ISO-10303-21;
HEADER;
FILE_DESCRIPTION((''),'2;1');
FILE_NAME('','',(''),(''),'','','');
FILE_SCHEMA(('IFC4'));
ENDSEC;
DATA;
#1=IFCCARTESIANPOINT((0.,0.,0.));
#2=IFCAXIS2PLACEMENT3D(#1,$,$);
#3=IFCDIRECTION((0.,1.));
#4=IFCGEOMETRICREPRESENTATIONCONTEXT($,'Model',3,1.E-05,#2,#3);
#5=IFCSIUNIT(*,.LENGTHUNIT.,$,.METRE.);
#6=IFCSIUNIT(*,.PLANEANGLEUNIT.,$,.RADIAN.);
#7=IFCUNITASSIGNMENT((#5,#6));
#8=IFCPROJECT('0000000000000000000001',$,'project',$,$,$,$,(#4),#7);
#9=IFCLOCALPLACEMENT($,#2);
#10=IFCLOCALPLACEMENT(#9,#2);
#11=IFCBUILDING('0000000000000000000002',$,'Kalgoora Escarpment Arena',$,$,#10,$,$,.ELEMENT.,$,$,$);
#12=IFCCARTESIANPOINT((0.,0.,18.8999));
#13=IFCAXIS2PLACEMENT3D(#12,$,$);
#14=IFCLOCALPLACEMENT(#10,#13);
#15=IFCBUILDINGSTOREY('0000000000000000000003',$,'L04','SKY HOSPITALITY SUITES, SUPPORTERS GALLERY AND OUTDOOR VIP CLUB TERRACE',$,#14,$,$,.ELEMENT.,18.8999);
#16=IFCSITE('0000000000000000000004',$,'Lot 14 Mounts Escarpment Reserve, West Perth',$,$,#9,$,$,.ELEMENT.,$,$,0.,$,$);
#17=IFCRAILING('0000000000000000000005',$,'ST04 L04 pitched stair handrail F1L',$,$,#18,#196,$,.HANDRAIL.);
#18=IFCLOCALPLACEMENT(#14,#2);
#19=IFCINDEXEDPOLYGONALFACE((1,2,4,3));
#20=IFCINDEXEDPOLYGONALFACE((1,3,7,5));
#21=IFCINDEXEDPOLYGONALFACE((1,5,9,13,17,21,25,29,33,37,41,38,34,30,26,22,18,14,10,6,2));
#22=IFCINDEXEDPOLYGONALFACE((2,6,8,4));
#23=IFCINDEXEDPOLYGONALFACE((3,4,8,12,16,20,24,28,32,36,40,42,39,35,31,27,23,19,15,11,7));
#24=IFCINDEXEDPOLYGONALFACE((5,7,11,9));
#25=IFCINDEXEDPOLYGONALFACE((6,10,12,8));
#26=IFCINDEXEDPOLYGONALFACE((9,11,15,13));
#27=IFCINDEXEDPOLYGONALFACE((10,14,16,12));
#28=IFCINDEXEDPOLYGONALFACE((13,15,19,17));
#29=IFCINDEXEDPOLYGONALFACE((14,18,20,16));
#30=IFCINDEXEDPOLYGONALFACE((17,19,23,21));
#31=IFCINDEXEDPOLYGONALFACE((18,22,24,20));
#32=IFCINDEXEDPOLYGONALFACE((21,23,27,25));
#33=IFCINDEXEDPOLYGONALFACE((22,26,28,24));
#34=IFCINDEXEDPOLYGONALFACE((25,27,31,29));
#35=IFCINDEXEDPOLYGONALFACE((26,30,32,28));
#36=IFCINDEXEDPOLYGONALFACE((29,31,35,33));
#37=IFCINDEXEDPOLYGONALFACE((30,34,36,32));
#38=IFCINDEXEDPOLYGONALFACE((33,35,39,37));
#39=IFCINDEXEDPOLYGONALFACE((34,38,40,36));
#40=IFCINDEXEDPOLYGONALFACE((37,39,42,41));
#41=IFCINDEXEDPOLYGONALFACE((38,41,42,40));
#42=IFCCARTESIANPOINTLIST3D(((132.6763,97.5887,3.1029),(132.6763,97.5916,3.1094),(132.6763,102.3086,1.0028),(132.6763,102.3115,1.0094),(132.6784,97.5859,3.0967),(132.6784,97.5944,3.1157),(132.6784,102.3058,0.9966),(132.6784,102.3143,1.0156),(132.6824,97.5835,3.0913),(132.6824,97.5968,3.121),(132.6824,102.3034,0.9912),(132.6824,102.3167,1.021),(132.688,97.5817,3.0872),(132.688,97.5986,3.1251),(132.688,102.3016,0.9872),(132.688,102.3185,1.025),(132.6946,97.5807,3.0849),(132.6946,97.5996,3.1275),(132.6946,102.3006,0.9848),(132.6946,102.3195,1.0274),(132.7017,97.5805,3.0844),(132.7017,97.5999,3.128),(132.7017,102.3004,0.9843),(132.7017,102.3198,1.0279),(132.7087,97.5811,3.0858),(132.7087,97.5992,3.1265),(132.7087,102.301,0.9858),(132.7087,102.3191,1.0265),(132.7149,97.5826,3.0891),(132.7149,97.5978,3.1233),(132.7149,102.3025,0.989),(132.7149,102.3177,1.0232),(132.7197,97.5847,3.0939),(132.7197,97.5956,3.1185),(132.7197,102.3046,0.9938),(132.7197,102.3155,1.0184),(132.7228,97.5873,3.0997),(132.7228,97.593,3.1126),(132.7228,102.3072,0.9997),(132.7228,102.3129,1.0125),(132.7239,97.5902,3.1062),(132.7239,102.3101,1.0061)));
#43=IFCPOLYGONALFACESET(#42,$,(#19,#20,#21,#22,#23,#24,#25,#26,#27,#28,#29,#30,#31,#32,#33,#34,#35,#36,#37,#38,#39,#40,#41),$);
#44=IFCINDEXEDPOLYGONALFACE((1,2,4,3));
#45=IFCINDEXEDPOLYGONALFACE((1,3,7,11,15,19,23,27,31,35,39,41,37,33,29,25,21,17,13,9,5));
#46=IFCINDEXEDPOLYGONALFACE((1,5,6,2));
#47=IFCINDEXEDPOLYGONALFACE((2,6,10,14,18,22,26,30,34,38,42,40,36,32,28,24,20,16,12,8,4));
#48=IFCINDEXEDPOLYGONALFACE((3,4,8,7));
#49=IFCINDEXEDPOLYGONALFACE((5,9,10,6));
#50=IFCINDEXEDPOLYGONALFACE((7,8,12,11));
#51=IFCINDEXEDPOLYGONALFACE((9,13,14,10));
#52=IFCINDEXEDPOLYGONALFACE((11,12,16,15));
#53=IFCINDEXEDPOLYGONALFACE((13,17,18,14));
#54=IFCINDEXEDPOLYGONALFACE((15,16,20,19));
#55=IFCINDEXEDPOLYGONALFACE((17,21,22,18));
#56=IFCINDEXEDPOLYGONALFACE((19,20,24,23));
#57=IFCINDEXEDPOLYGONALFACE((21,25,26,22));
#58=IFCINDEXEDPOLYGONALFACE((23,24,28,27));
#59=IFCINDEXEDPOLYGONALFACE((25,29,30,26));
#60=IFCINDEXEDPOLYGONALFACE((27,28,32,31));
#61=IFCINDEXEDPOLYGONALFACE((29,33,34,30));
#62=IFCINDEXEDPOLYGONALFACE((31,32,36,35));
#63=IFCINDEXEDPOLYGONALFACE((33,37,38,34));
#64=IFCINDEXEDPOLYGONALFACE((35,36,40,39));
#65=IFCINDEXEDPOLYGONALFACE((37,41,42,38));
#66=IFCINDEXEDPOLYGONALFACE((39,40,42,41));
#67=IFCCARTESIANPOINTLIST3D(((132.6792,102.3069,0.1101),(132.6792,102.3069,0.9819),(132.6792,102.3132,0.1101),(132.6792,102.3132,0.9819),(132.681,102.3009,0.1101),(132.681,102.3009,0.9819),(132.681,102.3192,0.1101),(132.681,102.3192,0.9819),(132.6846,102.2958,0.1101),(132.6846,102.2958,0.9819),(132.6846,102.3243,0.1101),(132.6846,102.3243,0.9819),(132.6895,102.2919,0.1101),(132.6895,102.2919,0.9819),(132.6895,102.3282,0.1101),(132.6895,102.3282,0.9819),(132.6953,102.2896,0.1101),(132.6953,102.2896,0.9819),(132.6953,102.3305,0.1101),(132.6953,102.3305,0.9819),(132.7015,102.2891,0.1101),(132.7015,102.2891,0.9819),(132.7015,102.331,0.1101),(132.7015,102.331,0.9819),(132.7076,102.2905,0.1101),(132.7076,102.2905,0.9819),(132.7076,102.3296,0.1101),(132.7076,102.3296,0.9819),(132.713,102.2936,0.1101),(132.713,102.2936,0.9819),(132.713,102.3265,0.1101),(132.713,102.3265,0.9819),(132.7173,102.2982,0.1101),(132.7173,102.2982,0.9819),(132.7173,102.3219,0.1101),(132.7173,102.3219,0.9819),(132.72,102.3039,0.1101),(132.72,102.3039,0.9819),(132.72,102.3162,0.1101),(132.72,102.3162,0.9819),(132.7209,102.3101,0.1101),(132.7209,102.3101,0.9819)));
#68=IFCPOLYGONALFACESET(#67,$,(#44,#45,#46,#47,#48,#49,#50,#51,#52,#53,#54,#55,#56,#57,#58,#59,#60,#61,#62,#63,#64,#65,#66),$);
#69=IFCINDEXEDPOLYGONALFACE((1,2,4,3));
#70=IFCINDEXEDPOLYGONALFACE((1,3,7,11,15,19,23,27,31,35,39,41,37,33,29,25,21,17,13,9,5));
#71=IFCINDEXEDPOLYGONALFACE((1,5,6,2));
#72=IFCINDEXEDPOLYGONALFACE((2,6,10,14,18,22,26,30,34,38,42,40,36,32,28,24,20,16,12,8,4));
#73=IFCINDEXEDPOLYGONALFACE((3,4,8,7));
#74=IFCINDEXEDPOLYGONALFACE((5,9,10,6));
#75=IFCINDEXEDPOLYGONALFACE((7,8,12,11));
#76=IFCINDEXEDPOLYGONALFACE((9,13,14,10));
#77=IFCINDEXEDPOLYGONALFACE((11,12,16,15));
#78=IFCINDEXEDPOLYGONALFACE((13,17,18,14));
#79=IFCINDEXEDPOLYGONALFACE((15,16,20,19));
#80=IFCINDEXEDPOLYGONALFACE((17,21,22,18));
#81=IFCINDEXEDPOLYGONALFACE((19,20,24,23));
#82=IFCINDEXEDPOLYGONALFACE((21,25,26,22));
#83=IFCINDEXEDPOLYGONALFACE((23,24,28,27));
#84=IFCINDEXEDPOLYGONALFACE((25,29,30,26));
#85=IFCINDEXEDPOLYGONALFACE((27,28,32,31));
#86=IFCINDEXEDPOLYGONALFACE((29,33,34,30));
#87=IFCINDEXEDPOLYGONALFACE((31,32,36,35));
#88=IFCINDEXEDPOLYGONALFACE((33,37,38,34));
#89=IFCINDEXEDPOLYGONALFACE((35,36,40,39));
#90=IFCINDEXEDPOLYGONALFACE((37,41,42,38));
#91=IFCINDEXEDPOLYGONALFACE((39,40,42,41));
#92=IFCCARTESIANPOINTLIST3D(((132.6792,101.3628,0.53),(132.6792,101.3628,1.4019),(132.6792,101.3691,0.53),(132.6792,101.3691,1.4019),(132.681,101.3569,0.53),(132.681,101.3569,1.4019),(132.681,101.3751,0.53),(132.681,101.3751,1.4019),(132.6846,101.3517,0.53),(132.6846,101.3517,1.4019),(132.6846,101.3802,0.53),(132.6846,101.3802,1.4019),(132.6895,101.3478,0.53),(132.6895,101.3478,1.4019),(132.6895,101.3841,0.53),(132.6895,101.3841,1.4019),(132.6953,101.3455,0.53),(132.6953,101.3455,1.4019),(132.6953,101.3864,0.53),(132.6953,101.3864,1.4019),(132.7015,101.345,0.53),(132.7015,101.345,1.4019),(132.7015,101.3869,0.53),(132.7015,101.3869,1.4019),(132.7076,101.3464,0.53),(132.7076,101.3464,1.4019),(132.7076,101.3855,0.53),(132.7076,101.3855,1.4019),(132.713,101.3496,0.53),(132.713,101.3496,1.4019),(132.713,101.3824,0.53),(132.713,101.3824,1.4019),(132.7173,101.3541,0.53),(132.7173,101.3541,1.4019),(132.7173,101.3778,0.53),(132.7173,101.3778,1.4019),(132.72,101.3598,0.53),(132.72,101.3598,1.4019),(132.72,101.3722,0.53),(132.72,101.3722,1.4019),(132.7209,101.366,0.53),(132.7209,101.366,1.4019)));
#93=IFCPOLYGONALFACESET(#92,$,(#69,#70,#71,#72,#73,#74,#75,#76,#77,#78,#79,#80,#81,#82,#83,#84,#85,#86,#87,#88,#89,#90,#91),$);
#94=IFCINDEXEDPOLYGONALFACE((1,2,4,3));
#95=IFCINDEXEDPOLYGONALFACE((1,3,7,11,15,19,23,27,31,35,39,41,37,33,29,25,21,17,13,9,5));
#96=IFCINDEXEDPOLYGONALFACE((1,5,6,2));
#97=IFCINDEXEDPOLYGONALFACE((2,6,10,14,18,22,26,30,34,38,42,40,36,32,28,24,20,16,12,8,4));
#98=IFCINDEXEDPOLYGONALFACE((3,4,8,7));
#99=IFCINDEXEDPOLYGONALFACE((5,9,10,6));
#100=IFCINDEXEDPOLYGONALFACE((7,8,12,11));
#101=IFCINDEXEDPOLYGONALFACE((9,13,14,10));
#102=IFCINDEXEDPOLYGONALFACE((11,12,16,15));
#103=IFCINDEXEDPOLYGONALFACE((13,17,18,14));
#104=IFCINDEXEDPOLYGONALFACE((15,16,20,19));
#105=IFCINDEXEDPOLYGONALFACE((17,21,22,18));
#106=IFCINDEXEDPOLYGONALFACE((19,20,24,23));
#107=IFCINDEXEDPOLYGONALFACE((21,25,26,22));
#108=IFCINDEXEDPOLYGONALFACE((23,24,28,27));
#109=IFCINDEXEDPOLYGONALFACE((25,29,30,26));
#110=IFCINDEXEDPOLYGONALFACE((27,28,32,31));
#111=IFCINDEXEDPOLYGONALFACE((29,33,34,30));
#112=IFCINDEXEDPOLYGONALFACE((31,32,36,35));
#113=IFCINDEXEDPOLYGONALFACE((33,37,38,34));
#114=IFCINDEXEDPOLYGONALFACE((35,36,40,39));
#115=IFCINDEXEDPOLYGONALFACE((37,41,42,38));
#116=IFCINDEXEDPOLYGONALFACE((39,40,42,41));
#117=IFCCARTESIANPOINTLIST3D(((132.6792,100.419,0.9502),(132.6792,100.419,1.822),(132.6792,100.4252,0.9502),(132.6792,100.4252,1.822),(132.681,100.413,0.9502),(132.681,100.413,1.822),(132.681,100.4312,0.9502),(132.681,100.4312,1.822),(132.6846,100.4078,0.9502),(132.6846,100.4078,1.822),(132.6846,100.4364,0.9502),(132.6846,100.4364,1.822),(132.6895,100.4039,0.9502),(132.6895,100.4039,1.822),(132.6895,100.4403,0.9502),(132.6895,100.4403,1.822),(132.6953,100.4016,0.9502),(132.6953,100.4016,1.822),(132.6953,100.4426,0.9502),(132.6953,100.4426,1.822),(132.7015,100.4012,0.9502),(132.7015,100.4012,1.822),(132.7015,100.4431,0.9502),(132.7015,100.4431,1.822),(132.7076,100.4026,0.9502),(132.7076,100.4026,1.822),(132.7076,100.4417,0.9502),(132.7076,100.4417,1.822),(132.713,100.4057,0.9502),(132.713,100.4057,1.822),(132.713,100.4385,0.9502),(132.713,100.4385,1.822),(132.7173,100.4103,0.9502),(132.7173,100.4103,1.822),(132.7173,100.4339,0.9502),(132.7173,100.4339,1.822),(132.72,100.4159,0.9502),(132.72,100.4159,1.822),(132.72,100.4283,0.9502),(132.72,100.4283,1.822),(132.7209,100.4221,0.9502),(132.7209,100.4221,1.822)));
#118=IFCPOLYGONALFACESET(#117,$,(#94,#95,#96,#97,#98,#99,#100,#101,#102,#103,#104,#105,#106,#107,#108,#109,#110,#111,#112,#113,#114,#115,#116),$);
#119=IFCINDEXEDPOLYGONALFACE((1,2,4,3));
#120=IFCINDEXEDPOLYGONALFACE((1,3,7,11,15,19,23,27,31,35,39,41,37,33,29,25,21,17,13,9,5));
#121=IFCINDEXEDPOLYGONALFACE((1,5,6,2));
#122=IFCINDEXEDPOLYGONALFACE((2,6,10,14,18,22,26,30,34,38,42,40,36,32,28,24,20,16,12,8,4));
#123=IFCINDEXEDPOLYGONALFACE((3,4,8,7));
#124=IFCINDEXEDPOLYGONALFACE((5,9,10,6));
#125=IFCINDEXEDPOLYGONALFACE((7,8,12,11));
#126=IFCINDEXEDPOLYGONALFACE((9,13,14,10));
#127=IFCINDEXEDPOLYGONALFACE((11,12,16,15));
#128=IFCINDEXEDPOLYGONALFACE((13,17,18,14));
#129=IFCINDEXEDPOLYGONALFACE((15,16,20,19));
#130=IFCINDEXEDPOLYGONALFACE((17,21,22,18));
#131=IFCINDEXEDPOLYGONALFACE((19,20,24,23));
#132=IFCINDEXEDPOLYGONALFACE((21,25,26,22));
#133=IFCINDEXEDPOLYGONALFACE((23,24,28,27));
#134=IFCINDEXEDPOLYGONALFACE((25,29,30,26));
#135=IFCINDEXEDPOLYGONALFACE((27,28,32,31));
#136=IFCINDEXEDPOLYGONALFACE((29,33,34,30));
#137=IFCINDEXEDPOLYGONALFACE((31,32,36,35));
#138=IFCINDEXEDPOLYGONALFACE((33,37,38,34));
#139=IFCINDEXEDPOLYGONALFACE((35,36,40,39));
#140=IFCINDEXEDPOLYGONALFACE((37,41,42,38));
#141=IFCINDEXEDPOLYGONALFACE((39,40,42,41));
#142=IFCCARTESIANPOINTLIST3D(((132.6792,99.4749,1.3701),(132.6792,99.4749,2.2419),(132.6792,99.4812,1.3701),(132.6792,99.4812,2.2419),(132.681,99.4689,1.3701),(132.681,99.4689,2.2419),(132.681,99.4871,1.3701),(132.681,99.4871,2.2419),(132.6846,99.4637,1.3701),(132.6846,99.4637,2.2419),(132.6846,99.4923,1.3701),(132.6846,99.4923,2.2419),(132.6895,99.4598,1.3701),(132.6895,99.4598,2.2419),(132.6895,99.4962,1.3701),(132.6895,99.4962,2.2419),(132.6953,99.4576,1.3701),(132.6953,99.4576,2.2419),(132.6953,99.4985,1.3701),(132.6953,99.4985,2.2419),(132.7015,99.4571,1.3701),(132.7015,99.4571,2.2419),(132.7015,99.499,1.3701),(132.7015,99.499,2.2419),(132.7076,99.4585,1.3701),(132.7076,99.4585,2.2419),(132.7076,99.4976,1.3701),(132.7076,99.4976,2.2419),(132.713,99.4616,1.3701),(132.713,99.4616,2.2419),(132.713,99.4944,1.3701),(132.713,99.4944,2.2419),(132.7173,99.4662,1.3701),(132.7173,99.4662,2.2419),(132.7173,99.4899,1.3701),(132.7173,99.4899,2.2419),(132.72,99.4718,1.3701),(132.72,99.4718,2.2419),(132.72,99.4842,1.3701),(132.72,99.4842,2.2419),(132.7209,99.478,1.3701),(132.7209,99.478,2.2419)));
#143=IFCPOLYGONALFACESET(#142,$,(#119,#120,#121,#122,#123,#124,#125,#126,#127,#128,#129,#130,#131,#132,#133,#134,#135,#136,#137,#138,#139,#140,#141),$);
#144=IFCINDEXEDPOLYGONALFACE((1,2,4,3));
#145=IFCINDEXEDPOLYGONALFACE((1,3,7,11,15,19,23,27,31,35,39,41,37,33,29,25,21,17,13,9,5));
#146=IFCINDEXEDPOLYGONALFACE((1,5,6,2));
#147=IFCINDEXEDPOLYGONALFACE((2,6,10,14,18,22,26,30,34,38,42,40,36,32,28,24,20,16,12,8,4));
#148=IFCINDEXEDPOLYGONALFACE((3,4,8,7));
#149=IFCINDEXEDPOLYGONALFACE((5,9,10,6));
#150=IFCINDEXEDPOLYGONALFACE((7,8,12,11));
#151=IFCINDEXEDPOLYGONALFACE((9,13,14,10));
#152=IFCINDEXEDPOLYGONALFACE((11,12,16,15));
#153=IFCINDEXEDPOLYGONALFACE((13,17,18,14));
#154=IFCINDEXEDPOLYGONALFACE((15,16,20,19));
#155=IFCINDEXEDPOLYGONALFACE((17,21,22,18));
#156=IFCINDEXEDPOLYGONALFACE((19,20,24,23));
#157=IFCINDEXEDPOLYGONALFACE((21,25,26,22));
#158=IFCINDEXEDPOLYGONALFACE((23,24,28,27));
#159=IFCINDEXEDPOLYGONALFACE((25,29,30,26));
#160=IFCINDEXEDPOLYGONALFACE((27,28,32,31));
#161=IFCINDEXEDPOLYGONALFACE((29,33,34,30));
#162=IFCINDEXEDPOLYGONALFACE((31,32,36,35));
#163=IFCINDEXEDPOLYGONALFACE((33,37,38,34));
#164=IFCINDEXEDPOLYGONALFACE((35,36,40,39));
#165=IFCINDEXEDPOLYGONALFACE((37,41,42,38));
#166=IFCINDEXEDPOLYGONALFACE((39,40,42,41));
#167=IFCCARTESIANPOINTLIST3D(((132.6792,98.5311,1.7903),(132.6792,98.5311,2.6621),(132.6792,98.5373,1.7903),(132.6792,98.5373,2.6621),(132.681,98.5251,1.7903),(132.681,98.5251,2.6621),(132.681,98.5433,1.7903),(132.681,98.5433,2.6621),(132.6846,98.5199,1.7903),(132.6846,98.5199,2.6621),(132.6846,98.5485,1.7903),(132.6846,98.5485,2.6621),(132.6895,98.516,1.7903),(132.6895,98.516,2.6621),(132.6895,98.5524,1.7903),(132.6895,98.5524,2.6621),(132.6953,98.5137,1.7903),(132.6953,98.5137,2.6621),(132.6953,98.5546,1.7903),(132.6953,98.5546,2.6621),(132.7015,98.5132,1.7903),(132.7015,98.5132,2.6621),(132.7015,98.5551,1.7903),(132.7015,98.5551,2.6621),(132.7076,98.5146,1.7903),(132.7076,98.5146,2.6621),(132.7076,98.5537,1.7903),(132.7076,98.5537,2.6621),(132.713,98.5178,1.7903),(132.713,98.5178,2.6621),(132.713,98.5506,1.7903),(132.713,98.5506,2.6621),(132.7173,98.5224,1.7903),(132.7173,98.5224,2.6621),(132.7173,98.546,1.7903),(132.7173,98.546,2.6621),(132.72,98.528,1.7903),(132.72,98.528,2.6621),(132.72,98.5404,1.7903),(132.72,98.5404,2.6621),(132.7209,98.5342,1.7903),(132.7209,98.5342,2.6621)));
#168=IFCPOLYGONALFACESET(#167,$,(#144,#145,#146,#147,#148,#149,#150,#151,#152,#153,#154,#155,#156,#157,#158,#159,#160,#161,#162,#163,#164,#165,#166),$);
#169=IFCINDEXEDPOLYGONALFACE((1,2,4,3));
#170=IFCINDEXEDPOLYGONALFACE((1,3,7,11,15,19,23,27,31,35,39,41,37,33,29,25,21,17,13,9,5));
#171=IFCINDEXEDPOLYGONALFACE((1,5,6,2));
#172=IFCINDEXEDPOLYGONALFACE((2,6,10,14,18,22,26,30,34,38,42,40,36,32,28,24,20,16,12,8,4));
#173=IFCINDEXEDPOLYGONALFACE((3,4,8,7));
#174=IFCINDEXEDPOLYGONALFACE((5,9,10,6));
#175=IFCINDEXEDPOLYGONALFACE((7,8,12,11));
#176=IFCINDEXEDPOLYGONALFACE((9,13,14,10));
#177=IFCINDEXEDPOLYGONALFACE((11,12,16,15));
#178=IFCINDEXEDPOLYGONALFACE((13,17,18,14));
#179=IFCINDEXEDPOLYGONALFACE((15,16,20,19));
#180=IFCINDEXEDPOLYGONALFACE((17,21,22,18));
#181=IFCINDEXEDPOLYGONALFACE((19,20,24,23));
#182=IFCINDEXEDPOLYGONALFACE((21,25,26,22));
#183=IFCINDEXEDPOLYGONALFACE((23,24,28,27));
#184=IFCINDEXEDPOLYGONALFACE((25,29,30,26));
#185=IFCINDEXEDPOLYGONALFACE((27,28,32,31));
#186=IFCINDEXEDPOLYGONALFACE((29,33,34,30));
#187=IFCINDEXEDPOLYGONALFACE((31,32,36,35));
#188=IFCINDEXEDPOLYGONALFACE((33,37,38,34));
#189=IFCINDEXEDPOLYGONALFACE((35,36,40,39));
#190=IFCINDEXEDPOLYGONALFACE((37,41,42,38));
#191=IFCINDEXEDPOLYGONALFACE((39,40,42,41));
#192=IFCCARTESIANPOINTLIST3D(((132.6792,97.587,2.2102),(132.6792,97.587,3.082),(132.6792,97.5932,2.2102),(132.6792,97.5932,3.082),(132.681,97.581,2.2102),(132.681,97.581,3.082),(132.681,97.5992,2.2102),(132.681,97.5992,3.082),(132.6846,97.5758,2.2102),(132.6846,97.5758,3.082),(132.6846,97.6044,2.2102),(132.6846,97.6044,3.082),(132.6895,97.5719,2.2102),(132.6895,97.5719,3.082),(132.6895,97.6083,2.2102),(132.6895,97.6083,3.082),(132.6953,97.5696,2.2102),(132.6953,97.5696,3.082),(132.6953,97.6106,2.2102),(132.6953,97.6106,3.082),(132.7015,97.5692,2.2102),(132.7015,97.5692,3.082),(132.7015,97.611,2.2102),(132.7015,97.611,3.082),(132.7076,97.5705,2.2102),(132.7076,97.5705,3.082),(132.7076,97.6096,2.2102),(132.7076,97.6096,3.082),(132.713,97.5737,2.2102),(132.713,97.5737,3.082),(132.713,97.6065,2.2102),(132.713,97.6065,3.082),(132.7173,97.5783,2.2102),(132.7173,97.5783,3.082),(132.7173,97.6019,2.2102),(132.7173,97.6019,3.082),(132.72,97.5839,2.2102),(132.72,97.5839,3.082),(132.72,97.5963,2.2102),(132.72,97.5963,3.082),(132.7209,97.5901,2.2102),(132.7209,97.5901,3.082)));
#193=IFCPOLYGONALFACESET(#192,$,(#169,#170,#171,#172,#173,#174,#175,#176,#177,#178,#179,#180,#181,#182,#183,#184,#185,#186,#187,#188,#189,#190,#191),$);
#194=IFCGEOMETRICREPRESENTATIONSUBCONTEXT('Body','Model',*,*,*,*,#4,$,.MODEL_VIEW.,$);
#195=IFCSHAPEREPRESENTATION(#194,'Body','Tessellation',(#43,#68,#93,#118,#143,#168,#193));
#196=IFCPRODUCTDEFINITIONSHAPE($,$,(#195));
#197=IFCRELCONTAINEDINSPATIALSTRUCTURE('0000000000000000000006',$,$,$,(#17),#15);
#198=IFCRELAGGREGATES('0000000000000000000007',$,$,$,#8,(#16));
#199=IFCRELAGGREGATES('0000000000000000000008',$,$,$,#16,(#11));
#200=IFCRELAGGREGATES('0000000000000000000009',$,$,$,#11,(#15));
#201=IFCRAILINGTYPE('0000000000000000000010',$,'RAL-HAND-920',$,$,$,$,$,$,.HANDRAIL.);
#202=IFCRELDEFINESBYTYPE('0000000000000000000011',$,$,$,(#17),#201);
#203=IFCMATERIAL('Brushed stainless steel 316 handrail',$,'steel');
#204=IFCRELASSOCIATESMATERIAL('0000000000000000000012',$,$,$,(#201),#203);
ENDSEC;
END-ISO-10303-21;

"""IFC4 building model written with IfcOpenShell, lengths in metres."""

from ifc_helpers import new_model, si_unit, direction, frame, origin, origin_2d, place, context, subcontext, project, spatial, circle, extrude, material, type_object, element, save


model = new_model("IFC4")

# Units and contexts
model_context = context("Model", 3, precision=1e-05, world=origin(), true_north=direction((0.0, 1.0)))
body_context = subcontext(model_context, "Body", "Model", "MODEL_VIEW")
ifc_project = project(units=[si_unit("LENGTHUNIT", "METRE"), si_unit("PLANEANGLEUNIT", "RADIAN")], contexts=[model_context])

# Site, building, storey
site_placement = place(None, origin())
site = spatial("IfcSite", under=ifc_project, at=site_placement, Name="Lot 14 Mounts Escarpment Reserve, West Perth", CompositionType="ELEMENT", RefElevation=0.0)
building_placement = place(site_placement, origin())
building = spatial("IfcBuilding", under=site, at=building_placement, Name="Kalgoora Escarpment Arena", CompositionType="ELEMENT")
storey_placement = place(building_placement, frame((0.0, 0.0, 18.8999)))
storey = spatial("IfcBuildingStorey", under=building, at=storey_placement, Name="L04", Description="SKY HOSPITALITY SUITES, SUPPORTERS GALLERY AND OUTDOOR VIP CLUB TERRACE", CompositionType="ELEMENT", Elevation=18.8999)

# Railing
ifc_material_1 = material(Name="Brushed stainless steel 316 handrail", Category="steel")
railing_type_1 = type_object("IfcRailingType", Name="RAL-HAND-920", PredefinedType="HANDRAIL", material=ifc_material_1)
for number, where, name in (
    (1, (132.7, 102.3101, 0.1101), "ST04 L04 pitched stair handrail F1L"),
):
    element("IfcRailing", number, at=place(storey_placement, frame(where)), inside=storey, type_object=railing_type_1, Name=name, PredefinedType="HANDRAIL", context=body_context, shape_type="SweptSolid", body=[
        extrude(circle(Radius=0.0239, at=origin_2d()), frame((0.0, 0.0, 0.896), z_axis=(0.0, -0.913644, 0.406516), x_axis=(1.0, 0.0, 0.0)), (0.0, 0.0, 1.0), 5.166),
        extrude(circle(Radius=0.021, at=origin_2d()), origin(), (0.0, 0.0, 1.0), 0.8718),
        extrude(circle(Radius=0.021, at=origin_2d()), frame((0.0, -0.9441, 0.4199)), (0.0, 0.0, 1.0), 0.8718),
        extrude(circle(Radius=0.021, at=origin_2d()), frame((0.0, -1.8879, 0.8401)), (0.0, 0.0, 1.0), 0.8718),
        extrude(circle(Radius=0.021, at=origin_2d()), frame((0.0, -2.832, 1.26)), (0.0, 0.0, 1.0), 0.8718),
        extrude(circle(Radius=0.021, at=origin_2d()), frame((0.0, -3.7759, 1.6802)), (0.0, 0.0, 1.0), 0.8718),
        extrude(circle(Radius=0.021, at=origin_2d()), frame((0.0, -4.72, 2.1001)), (0.0, 0.0, 1.0), 0.8718),
    ])

save(model, "model.ifc")
